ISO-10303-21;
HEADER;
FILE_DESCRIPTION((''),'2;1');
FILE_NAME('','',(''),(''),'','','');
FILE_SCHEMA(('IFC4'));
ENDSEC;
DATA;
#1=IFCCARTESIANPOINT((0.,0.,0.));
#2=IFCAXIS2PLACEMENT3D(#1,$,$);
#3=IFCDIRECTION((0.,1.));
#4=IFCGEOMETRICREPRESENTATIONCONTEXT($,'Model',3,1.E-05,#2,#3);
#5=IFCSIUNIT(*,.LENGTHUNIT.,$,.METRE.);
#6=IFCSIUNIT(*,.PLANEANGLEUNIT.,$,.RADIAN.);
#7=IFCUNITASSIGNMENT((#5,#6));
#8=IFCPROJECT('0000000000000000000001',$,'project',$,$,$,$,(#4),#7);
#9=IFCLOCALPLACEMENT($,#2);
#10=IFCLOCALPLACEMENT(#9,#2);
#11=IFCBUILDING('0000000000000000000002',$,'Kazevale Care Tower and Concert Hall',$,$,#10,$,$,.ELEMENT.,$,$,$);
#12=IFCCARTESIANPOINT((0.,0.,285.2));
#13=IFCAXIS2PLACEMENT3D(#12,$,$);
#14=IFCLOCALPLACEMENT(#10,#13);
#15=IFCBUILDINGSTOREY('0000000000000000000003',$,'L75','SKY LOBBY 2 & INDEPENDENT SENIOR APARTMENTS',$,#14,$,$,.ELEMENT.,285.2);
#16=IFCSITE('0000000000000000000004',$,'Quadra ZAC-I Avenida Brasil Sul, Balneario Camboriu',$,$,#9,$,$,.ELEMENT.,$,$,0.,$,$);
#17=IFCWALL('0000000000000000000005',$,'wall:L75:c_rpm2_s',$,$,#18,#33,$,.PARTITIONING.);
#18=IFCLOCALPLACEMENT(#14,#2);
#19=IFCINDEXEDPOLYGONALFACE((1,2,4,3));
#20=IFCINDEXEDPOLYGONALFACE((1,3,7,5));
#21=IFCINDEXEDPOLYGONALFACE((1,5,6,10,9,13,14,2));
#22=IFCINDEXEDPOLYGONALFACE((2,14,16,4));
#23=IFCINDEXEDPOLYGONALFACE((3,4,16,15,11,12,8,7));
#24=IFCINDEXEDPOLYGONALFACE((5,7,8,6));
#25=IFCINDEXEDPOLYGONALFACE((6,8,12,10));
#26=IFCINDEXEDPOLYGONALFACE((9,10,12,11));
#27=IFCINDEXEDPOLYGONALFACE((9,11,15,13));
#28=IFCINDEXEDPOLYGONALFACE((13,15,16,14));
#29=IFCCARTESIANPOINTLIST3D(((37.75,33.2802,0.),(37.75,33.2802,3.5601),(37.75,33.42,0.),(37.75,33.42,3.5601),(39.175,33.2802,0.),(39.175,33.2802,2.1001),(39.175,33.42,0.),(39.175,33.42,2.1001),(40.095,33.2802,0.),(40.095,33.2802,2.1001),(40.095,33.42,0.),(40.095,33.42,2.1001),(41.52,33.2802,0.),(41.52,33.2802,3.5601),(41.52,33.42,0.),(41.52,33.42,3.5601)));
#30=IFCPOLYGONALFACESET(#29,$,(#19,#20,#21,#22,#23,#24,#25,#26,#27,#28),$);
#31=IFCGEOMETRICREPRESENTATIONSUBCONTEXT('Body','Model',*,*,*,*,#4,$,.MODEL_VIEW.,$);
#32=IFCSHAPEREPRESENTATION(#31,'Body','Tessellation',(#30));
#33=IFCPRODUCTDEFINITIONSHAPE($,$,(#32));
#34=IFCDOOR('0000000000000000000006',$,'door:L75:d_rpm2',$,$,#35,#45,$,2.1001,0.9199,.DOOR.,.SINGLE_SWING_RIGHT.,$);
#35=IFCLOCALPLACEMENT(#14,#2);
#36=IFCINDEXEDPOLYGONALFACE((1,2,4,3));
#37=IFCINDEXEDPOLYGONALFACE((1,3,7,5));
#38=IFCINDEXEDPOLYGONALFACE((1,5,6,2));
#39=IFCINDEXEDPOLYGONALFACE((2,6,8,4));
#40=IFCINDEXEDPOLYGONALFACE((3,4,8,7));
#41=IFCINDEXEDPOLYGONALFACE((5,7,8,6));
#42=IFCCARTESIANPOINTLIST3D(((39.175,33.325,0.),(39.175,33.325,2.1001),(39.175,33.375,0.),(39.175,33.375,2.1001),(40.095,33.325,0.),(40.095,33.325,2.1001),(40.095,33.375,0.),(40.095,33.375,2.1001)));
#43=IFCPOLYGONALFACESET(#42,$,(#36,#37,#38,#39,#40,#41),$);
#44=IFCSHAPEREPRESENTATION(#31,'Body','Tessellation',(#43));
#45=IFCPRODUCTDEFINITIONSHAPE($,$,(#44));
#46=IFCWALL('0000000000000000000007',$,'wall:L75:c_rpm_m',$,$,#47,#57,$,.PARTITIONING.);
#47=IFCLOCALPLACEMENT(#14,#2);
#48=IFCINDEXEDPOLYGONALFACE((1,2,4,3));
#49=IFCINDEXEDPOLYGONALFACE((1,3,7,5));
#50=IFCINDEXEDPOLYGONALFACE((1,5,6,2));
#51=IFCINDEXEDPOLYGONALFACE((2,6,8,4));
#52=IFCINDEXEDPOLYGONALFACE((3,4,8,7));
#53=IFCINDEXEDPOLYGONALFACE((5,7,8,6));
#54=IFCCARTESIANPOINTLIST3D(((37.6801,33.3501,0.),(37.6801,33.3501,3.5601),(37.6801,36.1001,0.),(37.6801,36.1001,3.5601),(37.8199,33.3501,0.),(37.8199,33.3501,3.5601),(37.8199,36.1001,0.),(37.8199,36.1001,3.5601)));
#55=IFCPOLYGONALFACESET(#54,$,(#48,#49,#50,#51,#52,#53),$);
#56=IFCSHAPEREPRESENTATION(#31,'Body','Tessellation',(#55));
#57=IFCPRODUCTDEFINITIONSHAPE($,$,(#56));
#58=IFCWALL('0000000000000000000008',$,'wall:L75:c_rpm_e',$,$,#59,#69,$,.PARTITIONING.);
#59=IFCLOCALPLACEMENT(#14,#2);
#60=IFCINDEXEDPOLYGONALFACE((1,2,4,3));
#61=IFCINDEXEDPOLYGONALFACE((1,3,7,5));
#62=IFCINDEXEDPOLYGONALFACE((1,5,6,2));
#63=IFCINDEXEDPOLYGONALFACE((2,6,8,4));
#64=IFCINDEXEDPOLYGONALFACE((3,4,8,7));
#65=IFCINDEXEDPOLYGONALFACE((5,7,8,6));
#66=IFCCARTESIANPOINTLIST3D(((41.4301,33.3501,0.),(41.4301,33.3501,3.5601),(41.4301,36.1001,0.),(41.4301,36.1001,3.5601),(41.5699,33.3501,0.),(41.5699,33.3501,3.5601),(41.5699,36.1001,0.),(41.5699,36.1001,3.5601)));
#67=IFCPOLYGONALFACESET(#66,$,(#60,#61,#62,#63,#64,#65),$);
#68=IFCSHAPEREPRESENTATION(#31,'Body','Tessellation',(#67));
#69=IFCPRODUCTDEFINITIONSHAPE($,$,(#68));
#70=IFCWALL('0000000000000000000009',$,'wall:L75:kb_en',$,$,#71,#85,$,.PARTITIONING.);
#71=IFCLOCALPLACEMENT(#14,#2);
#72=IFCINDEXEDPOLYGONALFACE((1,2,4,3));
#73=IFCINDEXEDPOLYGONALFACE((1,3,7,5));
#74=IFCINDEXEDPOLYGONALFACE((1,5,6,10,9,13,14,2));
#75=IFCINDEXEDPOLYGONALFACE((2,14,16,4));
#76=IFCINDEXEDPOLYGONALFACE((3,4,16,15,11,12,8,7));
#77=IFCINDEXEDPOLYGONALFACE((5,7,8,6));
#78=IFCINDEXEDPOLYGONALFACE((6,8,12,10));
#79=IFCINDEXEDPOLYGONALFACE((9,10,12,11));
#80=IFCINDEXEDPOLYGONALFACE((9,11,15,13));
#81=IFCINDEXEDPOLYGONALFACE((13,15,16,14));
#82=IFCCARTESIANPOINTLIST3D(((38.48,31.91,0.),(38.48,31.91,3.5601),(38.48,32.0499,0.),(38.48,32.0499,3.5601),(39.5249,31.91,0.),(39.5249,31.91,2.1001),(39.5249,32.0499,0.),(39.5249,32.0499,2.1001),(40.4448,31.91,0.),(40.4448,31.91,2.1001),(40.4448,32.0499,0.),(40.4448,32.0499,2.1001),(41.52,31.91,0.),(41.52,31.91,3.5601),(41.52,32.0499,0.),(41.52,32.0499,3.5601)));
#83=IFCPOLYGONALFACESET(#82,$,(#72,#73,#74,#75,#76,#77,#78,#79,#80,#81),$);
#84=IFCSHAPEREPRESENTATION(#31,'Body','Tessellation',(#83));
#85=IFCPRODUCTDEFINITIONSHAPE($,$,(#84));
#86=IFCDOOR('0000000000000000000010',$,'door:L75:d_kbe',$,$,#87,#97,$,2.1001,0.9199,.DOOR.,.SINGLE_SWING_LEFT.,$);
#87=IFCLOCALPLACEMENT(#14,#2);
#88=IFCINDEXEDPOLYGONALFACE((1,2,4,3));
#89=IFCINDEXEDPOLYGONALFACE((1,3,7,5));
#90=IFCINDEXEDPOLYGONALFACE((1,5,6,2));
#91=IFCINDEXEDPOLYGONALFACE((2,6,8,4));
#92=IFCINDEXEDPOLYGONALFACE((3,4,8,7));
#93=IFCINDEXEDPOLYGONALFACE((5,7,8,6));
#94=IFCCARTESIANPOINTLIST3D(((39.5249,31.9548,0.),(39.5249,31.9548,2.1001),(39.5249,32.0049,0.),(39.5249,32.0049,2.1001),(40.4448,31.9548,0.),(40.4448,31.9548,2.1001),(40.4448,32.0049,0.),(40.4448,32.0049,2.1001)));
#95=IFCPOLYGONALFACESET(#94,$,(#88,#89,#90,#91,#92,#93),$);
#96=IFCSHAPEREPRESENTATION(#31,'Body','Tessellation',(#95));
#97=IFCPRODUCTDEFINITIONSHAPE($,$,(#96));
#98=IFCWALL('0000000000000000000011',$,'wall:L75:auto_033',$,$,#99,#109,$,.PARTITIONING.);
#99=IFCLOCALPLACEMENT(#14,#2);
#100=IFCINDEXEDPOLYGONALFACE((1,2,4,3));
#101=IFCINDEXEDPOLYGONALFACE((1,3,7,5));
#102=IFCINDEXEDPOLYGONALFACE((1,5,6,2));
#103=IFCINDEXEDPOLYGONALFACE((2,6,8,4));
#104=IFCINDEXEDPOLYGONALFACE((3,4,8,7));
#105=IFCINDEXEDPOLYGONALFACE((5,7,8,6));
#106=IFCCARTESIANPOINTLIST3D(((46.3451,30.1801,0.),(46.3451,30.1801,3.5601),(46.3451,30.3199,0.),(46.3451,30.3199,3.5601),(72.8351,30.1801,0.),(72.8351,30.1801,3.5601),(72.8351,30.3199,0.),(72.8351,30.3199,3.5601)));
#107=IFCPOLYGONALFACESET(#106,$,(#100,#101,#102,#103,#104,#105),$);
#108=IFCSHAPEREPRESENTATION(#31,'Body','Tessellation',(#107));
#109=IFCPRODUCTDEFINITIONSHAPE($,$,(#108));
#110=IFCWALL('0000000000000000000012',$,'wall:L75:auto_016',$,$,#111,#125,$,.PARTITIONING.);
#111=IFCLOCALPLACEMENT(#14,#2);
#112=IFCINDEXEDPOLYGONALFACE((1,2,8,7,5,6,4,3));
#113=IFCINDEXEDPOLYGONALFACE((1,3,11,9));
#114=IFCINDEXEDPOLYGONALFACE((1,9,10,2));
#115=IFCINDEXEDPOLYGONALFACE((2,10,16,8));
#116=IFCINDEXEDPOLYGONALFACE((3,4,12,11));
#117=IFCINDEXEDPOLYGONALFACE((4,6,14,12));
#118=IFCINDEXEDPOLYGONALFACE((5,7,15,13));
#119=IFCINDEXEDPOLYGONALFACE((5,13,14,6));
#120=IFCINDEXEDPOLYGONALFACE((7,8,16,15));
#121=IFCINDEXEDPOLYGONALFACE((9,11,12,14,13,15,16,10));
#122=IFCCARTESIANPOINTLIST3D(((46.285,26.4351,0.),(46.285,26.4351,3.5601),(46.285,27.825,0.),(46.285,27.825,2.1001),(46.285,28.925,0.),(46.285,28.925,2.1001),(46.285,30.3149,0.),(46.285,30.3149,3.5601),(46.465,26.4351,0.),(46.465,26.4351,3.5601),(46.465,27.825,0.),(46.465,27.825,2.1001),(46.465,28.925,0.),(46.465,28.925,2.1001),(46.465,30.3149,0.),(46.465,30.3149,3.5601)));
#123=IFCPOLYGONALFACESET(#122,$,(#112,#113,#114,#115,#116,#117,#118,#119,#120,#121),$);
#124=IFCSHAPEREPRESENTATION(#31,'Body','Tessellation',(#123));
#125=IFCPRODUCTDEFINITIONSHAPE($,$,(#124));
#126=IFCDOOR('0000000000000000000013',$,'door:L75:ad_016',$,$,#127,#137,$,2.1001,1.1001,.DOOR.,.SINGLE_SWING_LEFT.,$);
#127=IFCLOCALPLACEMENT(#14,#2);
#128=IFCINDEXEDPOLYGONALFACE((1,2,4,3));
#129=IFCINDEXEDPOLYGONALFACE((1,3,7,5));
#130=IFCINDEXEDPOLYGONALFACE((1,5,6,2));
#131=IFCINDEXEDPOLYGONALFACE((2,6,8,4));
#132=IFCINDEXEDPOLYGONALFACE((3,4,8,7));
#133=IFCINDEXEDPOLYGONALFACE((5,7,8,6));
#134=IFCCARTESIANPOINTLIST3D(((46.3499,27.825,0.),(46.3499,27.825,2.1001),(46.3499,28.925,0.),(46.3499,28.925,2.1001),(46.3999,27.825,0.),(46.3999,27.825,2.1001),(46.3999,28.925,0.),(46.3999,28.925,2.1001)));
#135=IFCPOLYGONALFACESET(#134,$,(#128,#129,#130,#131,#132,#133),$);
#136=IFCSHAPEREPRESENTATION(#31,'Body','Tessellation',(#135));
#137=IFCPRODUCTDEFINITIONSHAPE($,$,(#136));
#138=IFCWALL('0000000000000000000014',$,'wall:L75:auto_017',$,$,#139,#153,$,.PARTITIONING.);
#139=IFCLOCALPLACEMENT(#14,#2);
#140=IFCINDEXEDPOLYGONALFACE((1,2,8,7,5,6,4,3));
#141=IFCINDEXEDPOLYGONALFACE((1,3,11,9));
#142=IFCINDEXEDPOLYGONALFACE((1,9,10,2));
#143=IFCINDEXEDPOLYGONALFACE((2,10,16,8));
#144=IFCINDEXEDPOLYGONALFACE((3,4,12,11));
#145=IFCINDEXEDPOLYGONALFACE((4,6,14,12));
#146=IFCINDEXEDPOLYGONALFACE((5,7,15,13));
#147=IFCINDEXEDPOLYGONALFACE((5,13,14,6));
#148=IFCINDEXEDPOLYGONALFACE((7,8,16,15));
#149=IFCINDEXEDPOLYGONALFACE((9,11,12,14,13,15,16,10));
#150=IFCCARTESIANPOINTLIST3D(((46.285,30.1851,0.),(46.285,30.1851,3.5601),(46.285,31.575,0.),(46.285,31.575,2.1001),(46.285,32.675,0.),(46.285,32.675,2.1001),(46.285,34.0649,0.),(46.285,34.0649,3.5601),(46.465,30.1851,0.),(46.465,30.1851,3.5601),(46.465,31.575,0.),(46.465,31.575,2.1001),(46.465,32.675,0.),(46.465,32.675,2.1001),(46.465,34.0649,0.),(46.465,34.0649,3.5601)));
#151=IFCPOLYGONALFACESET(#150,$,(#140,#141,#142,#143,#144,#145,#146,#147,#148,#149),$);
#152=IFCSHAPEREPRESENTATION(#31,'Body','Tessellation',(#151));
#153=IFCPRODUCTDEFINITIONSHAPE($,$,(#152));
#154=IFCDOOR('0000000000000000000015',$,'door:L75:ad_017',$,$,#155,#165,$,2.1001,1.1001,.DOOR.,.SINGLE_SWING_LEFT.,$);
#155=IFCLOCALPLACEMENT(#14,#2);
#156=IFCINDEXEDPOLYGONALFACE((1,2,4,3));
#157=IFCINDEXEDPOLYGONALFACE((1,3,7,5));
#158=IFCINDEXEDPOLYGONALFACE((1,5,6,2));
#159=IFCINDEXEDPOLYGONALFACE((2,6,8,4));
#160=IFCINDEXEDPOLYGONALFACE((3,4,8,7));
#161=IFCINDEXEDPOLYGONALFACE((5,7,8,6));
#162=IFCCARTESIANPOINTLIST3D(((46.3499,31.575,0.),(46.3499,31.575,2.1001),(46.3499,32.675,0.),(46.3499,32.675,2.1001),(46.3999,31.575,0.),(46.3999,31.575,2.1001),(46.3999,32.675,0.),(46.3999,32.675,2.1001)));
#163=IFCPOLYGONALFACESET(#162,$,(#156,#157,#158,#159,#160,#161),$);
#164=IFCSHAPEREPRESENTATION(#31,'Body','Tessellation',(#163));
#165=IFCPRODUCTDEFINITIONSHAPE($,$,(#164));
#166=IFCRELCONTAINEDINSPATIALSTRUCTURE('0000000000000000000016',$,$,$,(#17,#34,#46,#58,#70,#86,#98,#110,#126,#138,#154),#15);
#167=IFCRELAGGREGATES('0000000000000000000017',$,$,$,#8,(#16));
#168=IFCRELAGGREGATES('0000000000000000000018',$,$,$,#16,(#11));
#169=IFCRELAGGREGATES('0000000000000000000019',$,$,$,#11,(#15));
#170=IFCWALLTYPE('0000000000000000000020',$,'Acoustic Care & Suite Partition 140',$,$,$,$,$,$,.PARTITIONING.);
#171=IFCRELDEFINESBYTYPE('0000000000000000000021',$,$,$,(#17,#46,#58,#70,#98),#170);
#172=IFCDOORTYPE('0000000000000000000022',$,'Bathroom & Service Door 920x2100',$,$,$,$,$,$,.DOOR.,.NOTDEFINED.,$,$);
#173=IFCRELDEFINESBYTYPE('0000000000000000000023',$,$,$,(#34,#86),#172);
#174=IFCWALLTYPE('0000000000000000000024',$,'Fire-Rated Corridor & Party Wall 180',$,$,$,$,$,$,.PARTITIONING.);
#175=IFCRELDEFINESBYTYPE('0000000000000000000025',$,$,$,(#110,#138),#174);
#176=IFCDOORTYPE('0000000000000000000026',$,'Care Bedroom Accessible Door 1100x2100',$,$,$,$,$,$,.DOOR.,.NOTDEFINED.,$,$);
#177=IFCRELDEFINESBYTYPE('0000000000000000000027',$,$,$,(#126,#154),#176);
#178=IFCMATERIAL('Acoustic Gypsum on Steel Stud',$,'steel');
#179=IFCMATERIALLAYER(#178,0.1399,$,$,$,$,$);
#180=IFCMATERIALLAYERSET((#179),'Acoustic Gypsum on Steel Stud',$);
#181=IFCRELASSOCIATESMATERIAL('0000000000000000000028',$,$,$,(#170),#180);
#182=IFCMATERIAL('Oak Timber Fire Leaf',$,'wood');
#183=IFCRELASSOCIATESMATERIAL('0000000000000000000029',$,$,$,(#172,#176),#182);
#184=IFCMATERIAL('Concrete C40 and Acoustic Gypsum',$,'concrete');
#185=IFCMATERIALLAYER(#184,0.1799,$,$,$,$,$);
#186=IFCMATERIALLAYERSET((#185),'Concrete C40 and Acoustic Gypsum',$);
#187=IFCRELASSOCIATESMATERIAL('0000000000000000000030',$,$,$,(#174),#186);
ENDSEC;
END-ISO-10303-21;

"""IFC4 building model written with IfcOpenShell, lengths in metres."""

from ifc_helpers import new_model, si_unit, direction, frame, frame_2d, origin, place, context, subcontext, project, spatial, rectangle, extrude, material, layer, layer_set, type_object, element, fill, save


model = new_model("IFC4")

# Units and contexts
model_context = context("Model", 3, precision=1e-05, world=origin(), true_north=direction((0.0, 1.0)))
body_context = subcontext(model_context, "Body", "Model", "MODEL_VIEW")
ifc_project = project(units=[si_unit("LENGTHUNIT", "METRE"), si_unit("PLANEANGLEUNIT", "RADIAN")], contexts=[model_context])

# Site, building, storey
site_placement = place(None, origin())
site = spatial("IfcSite", under=ifc_project, at=site_placement, Name="Quadra ZAC-I Avenida Brasil Sul, Balneario Camboriu", CompositionType="ELEMENT", RefElevation=0.0)
building_placement = place(site_placement, origin())
building = spatial("IfcBuilding", under=site, at=building_placement, Name="Kazevale Care Tower and Concert Hall", CompositionType="ELEMENT")
storey_placement = place(building_placement, frame((0.0, 0.0, 285.2)))
storey = spatial("IfcBuildingStorey", under=building, at=storey_placement, Name="L75", Description="SKY LOBBY 2 & INDEPENDENT SENIOR APARTMENTS", CompositionType="ELEMENT", Elevation=285.2)

# Wall, opening, door
ifc_material_1 = material(Name="Acoustic Gypsum on Steel Stud", Category="steel")
ifc_layer_1 = layer(ifc_material_1, 0.1399)
ifc_layer_set_1 = layer_set([ifc_layer_1], Name="Acoustic Gypsum on Steel Stud")
wall_type_1 = type_object("IfcWallType", Name="Acoustic Care & Suite Partition 140", PredefinedType="PARTITIONING", material=ifc_layer_set_1)
wall_1_placement = place(storey_placement, frame((37.75, 33.3501, 0.0), z_axis=(0.0, 0.0, 1.0), x_axis=(1.0, 0.0, 0.0)))
wall_1 = element("IfcWall", 1, at=wall_1_placement, inside=storey, type_object=wall_type_1, Name="wall:L75:c_rpm2_s", PredefinedType="PARTITIONING", context=body_context, shape_type="SweptSolid", body=[
    extrude(rectangle(XDim=3.77, YDim=0.1399, at=frame_2d((1.885, 0.0))), origin(), (0.0, 0.0, 1.0), 3.5601),
])
opening_1_placement = place(wall_1_placement, frame((1.425, 0.0, 0.0)))
opening_1 = element("IfcOpeningElement", 2, at=opening_1_placement, cuts=wall_1, PredefinedType="OPENING", context=body_context, shape_type="SweptSolid", body=[
    extrude(rectangle(XDim=0.9199, YDim=2.1001, at=frame_2d((0.46, 1.05))), frame((0.0, 0.0798, 0.0), z_axis=(0.0, -1.0, 0.0), x_axis=(1.0, 0.0, 0.0)), (0.0, 0.0, 1.0), 0.1599),
])
ifc_material_2 = material(Name="Oak Timber Fire Leaf", Category="wood")
door_type_1 = type_object("IfcDoorType", Name="Bathroom & Service Door 920x2100", OperationType="NOTDEFINED", PredefinedType="DOOR", material=ifc_material_2)
door_1_placement = place(opening_1_placement, origin())
door_1 = element("IfcDoor", 3, at=door_1_placement, inside=storey, type_object=door_type_1, Name="door:L75:d_rpm2", OperationType="SINGLE_SWING_RIGHT", OverallHeight=2.1001, OverallWidth=0.9199, PredefinedType="DOOR", context=body_context, shape_type="SweptSolid", body=[
    extrude(rectangle(XDim=0.9199, YDim=2.1001, at=frame_2d((0.46, 1.05))), frame((0.0, 0.0249, 0.0), z_axis=(0.0, -1.0, 0.0), x_axis=(1.0, 0.0, 0.0)), (0.0, 0.0, 1.0), 0.05),
])
fill(opening_1, door_1)

# Walls
for number, where, z_axis, x_axis, name in (
    (4, (37.75, 33.3501, 0.0), (0.0, 0.0, 1.0), (0.0, 1.0, 0.0), "wall:L75:c_rpm_m"),
    (5, (41.5, 33.3501, 0.0), (0.0, 0.0, 1.0), (0.0, 1.0, 0.0), "wall:L75:c_rpm_e"),
):
    element("IfcWall", number, at=place(storey_placement, frame(where, z_axis=z_axis, x_axis=x_axis)), inside=storey, type_object=wall_type_1, Name=name, PredefinedType="PARTITIONING", context=body_context, shape_type="SweptSolid", body=[
        extrude(rectangle(XDim=2.75, YDim=0.1399, at=frame_2d((1.375, 0.0))), origin(), (0.0, 0.0, 1.0), 3.5601),
    ])

# Wall, opening, door
wall_2_placement = place(storey_placement, frame((38.48, 31.98, 0.0), z_axis=(0.0, 0.0, 1.0), x_axis=(1.0, 0.0, 0.0)))
wall_2 = element("IfcWall", 6, at=wall_2_placement, inside=storey, type_object=wall_type_1, Name="wall:L75:kb_en", PredefinedType="PARTITIONING", context=body_context, shape_type="SweptSolid", body=[
    extrude(rectangle(XDim=3.04, YDim=0.1399, at=frame_2d((1.52, 0.0))), origin(), (0.0, 0.0, 1.0), 3.5601),
])
opening_2_placement = place(wall_2_placement, frame((1.0449, 0.0, 0.0)))
opening_2 = element("IfcOpeningElement", 7, at=opening_2_placement, cuts=wall_2, PredefinedType="OPENING", context=body_context, shape_type="SweptSolid", body=[
    extrude(rectangle(XDim=0.9199, YDim=2.1001, at=frame_2d((0.46, 1.05))), frame((0.0, 0.0798, 0.0), z_axis=(0.0, -1.0, 0.0), x_axis=(1.0, 0.0, 0.0)), (0.0, 0.0, 1.0), 0.1599),
])
door_2_placement = place(opening_2_placement, origin())
door_2 = element("IfcDoor", 8, at=door_2_placement, inside=storey, type_object=door_type_1, Name="door:L75:d_kbe", OperationType="SINGLE_SWING_LEFT", OverallHeight=2.1001, OverallWidth=0.9199, PredefinedType="DOOR", context=body_context, shape_type="SweptSolid", body=[
    extrude(rectangle(XDim=0.9199, YDim=2.1001, at=frame_2d((0.46, 1.05))), frame((0.0, 0.0249, 0.0), z_axis=(0.0, -1.0, 0.0), x_axis=(1.0, 0.0, 0.0)), (0.0, 0.0, 1.0), 0.05),
])
fill(opening_2, door_2)

# Wall
wall_3_placement = place(storey_placement, frame((46.345, 30.25, 0.0), z_axis=(0.0, 0.0, 1.0), x_axis=(1.0, 0.0, 0.0)))
element("IfcWall", 9, at=wall_3_placement, inside=storey, type_object=wall_type_1, Name="wall:L75:auto_033", PredefinedType="PARTITIONING", context=body_context, shape_type="SweptSolid", body=[
    extrude(rectangle(XDim=26.49, YDim=0.1399, at=frame_2d((13.2451, 0.0))), origin(), (0.0, 0.0, 1.0), 3.5601),
])

# Walls, openings, doors
ifc_material_3 = material(Name="Concrete C40 and Acoustic Gypsum", Category="concrete")
ifc_layer_2 = layer(ifc_material_3, 0.1799)
ifc_layer_set_2 = layer_set([ifc_layer_2], Name="Concrete C40 and Acoustic Gypsum")
wall_type_2 = type_object("IfcWallType", Name="Fire-Rated Corridor & Party Wall 180", PredefinedType="PARTITIONING", material=ifc_layer_set_2)
wall_4_placement = place(storey_placement, frame((46.375, 30.3149, 0.0), z_axis=(0.0, 0.0, 1.0), x_axis=(0.0, -1.0, 0.0)))
wall_4 = element("IfcWall", 10, at=wall_4_placement, inside=storey, type_object=wall_type_2, Name="wall:L75:auto_016", PredefinedType="PARTITIONING", context=body_context, shape_type="SweptSolid", body=[
    extrude(rectangle(XDim=3.8799, YDim=0.1799, at=frame_2d((1.9399, 0.0))), origin(), (0.0, 0.0, 1.0), 3.5601),
])
opening_3_placement = place(wall_4_placement, frame((1.3899, 0.0, 0.0)))
opening_3 = element("IfcOpeningElement", 11, at=opening_3_placement, cuts=wall_4, PredefinedType="OPENING", context=body_context, shape_type="SweptSolid", body=[
    extrude(rectangle(XDim=1.1001, YDim=2.1001, at=frame_2d((0.55, 1.05))), frame((0.0, 0.0999, 0.0), z_axis=(0.0, -1.0, 0.0), x_axis=(1.0, 0.0, 0.0)), (0.0, 0.0, 1.0), 0.2),
])
door_type_2 = type_object("IfcDoorType", Name="Care Bedroom Accessible Door 1100x2100", OperationType="NOTDEFINED", PredefinedType="DOOR", material=ifc_material_2)
door_3_placement = place(opening_3_placement, origin())
door_3 = element("IfcDoor", 12, at=door_3_placement, inside=storey, type_object=door_type_2, Name="door:L75:ad_016", OperationType="SINGLE_SWING_LEFT", OverallHeight=2.1001, OverallWidth=1.1001, PredefinedType="DOOR", context=body_context, shape_type="SweptSolid", body=[
    extrude(rectangle(XDim=1.1001, YDim=2.1001, at=frame_2d((0.55, 1.05))), frame((0.0, 0.0249, 0.0), z_axis=(0.0, -1.0, 0.0), x_axis=(1.0, 0.0, 0.0)), (0.0, 0.0, 1.0), 0.05),
])
fill(opening_3, door_3)
wall_5_placement = place(storey_placement, frame((46.375, 34.0649, 0.0), z_axis=(0.0, 0.0, 1.0), x_axis=(0.0, -1.0, 0.0)))
wall_5 = element("IfcWall", 13, at=wall_5_placement, inside=storey, type_object=wall_type_2, Name="wall:L75:auto_017", PredefinedType="PARTITIONING", context=body_context, shape_type="SweptSolid", body=[
    extrude(rectangle(XDim=3.8799, YDim=0.1799, at=frame_2d((1.9399, 0.0))), origin(), (0.0, 0.0, 1.0), 3.5601),
])
opening_4_placement = place(wall_5_placement, frame((1.3899, 0.0, 0.0)))
opening_4 = element("IfcOpeningElement", 14, at=opening_4_placement, cuts=wall_5, PredefinedType="OPENING", context=body_context, shape_type="SweptSolid", body=[
    extrude(rectangle(XDim=1.1001, YDim=2.1001, at=frame_2d((0.55, 1.05))), frame((0.0, 0.0999, 0.0), z_axis=(0.0, -1.0, 0.0), x_axis=(1.0, 0.0, 0.0)), (0.0, 0.0, 1.0), 0.2),
])
door_4_placement = place(opening_4_placement, origin())
door_4 = element("IfcDoor", 15, at=door_4_placement, inside=storey, type_object=door_type_2, Name="door:L75:ad_017", OperationType="SINGLE_SWING_LEFT", OverallHeight=2.1001, OverallWidth=1.1001, PredefinedType="DOOR", context=body_context, shape_type="SweptSolid", body=[
    extrude(rectangle(XDim=1.1001, YDim=2.1001, at=frame_2d((0.55, 1.05))), frame((0.0, 0.0249, 0.0), z_axis=(0.0, -1.0, 0.0), x_axis=(1.0, 0.0, 0.0)), (0.0, 0.0, 1.0), 0.05),
])
fill(opening_4, door_4)

save(model, "model.ifc")
